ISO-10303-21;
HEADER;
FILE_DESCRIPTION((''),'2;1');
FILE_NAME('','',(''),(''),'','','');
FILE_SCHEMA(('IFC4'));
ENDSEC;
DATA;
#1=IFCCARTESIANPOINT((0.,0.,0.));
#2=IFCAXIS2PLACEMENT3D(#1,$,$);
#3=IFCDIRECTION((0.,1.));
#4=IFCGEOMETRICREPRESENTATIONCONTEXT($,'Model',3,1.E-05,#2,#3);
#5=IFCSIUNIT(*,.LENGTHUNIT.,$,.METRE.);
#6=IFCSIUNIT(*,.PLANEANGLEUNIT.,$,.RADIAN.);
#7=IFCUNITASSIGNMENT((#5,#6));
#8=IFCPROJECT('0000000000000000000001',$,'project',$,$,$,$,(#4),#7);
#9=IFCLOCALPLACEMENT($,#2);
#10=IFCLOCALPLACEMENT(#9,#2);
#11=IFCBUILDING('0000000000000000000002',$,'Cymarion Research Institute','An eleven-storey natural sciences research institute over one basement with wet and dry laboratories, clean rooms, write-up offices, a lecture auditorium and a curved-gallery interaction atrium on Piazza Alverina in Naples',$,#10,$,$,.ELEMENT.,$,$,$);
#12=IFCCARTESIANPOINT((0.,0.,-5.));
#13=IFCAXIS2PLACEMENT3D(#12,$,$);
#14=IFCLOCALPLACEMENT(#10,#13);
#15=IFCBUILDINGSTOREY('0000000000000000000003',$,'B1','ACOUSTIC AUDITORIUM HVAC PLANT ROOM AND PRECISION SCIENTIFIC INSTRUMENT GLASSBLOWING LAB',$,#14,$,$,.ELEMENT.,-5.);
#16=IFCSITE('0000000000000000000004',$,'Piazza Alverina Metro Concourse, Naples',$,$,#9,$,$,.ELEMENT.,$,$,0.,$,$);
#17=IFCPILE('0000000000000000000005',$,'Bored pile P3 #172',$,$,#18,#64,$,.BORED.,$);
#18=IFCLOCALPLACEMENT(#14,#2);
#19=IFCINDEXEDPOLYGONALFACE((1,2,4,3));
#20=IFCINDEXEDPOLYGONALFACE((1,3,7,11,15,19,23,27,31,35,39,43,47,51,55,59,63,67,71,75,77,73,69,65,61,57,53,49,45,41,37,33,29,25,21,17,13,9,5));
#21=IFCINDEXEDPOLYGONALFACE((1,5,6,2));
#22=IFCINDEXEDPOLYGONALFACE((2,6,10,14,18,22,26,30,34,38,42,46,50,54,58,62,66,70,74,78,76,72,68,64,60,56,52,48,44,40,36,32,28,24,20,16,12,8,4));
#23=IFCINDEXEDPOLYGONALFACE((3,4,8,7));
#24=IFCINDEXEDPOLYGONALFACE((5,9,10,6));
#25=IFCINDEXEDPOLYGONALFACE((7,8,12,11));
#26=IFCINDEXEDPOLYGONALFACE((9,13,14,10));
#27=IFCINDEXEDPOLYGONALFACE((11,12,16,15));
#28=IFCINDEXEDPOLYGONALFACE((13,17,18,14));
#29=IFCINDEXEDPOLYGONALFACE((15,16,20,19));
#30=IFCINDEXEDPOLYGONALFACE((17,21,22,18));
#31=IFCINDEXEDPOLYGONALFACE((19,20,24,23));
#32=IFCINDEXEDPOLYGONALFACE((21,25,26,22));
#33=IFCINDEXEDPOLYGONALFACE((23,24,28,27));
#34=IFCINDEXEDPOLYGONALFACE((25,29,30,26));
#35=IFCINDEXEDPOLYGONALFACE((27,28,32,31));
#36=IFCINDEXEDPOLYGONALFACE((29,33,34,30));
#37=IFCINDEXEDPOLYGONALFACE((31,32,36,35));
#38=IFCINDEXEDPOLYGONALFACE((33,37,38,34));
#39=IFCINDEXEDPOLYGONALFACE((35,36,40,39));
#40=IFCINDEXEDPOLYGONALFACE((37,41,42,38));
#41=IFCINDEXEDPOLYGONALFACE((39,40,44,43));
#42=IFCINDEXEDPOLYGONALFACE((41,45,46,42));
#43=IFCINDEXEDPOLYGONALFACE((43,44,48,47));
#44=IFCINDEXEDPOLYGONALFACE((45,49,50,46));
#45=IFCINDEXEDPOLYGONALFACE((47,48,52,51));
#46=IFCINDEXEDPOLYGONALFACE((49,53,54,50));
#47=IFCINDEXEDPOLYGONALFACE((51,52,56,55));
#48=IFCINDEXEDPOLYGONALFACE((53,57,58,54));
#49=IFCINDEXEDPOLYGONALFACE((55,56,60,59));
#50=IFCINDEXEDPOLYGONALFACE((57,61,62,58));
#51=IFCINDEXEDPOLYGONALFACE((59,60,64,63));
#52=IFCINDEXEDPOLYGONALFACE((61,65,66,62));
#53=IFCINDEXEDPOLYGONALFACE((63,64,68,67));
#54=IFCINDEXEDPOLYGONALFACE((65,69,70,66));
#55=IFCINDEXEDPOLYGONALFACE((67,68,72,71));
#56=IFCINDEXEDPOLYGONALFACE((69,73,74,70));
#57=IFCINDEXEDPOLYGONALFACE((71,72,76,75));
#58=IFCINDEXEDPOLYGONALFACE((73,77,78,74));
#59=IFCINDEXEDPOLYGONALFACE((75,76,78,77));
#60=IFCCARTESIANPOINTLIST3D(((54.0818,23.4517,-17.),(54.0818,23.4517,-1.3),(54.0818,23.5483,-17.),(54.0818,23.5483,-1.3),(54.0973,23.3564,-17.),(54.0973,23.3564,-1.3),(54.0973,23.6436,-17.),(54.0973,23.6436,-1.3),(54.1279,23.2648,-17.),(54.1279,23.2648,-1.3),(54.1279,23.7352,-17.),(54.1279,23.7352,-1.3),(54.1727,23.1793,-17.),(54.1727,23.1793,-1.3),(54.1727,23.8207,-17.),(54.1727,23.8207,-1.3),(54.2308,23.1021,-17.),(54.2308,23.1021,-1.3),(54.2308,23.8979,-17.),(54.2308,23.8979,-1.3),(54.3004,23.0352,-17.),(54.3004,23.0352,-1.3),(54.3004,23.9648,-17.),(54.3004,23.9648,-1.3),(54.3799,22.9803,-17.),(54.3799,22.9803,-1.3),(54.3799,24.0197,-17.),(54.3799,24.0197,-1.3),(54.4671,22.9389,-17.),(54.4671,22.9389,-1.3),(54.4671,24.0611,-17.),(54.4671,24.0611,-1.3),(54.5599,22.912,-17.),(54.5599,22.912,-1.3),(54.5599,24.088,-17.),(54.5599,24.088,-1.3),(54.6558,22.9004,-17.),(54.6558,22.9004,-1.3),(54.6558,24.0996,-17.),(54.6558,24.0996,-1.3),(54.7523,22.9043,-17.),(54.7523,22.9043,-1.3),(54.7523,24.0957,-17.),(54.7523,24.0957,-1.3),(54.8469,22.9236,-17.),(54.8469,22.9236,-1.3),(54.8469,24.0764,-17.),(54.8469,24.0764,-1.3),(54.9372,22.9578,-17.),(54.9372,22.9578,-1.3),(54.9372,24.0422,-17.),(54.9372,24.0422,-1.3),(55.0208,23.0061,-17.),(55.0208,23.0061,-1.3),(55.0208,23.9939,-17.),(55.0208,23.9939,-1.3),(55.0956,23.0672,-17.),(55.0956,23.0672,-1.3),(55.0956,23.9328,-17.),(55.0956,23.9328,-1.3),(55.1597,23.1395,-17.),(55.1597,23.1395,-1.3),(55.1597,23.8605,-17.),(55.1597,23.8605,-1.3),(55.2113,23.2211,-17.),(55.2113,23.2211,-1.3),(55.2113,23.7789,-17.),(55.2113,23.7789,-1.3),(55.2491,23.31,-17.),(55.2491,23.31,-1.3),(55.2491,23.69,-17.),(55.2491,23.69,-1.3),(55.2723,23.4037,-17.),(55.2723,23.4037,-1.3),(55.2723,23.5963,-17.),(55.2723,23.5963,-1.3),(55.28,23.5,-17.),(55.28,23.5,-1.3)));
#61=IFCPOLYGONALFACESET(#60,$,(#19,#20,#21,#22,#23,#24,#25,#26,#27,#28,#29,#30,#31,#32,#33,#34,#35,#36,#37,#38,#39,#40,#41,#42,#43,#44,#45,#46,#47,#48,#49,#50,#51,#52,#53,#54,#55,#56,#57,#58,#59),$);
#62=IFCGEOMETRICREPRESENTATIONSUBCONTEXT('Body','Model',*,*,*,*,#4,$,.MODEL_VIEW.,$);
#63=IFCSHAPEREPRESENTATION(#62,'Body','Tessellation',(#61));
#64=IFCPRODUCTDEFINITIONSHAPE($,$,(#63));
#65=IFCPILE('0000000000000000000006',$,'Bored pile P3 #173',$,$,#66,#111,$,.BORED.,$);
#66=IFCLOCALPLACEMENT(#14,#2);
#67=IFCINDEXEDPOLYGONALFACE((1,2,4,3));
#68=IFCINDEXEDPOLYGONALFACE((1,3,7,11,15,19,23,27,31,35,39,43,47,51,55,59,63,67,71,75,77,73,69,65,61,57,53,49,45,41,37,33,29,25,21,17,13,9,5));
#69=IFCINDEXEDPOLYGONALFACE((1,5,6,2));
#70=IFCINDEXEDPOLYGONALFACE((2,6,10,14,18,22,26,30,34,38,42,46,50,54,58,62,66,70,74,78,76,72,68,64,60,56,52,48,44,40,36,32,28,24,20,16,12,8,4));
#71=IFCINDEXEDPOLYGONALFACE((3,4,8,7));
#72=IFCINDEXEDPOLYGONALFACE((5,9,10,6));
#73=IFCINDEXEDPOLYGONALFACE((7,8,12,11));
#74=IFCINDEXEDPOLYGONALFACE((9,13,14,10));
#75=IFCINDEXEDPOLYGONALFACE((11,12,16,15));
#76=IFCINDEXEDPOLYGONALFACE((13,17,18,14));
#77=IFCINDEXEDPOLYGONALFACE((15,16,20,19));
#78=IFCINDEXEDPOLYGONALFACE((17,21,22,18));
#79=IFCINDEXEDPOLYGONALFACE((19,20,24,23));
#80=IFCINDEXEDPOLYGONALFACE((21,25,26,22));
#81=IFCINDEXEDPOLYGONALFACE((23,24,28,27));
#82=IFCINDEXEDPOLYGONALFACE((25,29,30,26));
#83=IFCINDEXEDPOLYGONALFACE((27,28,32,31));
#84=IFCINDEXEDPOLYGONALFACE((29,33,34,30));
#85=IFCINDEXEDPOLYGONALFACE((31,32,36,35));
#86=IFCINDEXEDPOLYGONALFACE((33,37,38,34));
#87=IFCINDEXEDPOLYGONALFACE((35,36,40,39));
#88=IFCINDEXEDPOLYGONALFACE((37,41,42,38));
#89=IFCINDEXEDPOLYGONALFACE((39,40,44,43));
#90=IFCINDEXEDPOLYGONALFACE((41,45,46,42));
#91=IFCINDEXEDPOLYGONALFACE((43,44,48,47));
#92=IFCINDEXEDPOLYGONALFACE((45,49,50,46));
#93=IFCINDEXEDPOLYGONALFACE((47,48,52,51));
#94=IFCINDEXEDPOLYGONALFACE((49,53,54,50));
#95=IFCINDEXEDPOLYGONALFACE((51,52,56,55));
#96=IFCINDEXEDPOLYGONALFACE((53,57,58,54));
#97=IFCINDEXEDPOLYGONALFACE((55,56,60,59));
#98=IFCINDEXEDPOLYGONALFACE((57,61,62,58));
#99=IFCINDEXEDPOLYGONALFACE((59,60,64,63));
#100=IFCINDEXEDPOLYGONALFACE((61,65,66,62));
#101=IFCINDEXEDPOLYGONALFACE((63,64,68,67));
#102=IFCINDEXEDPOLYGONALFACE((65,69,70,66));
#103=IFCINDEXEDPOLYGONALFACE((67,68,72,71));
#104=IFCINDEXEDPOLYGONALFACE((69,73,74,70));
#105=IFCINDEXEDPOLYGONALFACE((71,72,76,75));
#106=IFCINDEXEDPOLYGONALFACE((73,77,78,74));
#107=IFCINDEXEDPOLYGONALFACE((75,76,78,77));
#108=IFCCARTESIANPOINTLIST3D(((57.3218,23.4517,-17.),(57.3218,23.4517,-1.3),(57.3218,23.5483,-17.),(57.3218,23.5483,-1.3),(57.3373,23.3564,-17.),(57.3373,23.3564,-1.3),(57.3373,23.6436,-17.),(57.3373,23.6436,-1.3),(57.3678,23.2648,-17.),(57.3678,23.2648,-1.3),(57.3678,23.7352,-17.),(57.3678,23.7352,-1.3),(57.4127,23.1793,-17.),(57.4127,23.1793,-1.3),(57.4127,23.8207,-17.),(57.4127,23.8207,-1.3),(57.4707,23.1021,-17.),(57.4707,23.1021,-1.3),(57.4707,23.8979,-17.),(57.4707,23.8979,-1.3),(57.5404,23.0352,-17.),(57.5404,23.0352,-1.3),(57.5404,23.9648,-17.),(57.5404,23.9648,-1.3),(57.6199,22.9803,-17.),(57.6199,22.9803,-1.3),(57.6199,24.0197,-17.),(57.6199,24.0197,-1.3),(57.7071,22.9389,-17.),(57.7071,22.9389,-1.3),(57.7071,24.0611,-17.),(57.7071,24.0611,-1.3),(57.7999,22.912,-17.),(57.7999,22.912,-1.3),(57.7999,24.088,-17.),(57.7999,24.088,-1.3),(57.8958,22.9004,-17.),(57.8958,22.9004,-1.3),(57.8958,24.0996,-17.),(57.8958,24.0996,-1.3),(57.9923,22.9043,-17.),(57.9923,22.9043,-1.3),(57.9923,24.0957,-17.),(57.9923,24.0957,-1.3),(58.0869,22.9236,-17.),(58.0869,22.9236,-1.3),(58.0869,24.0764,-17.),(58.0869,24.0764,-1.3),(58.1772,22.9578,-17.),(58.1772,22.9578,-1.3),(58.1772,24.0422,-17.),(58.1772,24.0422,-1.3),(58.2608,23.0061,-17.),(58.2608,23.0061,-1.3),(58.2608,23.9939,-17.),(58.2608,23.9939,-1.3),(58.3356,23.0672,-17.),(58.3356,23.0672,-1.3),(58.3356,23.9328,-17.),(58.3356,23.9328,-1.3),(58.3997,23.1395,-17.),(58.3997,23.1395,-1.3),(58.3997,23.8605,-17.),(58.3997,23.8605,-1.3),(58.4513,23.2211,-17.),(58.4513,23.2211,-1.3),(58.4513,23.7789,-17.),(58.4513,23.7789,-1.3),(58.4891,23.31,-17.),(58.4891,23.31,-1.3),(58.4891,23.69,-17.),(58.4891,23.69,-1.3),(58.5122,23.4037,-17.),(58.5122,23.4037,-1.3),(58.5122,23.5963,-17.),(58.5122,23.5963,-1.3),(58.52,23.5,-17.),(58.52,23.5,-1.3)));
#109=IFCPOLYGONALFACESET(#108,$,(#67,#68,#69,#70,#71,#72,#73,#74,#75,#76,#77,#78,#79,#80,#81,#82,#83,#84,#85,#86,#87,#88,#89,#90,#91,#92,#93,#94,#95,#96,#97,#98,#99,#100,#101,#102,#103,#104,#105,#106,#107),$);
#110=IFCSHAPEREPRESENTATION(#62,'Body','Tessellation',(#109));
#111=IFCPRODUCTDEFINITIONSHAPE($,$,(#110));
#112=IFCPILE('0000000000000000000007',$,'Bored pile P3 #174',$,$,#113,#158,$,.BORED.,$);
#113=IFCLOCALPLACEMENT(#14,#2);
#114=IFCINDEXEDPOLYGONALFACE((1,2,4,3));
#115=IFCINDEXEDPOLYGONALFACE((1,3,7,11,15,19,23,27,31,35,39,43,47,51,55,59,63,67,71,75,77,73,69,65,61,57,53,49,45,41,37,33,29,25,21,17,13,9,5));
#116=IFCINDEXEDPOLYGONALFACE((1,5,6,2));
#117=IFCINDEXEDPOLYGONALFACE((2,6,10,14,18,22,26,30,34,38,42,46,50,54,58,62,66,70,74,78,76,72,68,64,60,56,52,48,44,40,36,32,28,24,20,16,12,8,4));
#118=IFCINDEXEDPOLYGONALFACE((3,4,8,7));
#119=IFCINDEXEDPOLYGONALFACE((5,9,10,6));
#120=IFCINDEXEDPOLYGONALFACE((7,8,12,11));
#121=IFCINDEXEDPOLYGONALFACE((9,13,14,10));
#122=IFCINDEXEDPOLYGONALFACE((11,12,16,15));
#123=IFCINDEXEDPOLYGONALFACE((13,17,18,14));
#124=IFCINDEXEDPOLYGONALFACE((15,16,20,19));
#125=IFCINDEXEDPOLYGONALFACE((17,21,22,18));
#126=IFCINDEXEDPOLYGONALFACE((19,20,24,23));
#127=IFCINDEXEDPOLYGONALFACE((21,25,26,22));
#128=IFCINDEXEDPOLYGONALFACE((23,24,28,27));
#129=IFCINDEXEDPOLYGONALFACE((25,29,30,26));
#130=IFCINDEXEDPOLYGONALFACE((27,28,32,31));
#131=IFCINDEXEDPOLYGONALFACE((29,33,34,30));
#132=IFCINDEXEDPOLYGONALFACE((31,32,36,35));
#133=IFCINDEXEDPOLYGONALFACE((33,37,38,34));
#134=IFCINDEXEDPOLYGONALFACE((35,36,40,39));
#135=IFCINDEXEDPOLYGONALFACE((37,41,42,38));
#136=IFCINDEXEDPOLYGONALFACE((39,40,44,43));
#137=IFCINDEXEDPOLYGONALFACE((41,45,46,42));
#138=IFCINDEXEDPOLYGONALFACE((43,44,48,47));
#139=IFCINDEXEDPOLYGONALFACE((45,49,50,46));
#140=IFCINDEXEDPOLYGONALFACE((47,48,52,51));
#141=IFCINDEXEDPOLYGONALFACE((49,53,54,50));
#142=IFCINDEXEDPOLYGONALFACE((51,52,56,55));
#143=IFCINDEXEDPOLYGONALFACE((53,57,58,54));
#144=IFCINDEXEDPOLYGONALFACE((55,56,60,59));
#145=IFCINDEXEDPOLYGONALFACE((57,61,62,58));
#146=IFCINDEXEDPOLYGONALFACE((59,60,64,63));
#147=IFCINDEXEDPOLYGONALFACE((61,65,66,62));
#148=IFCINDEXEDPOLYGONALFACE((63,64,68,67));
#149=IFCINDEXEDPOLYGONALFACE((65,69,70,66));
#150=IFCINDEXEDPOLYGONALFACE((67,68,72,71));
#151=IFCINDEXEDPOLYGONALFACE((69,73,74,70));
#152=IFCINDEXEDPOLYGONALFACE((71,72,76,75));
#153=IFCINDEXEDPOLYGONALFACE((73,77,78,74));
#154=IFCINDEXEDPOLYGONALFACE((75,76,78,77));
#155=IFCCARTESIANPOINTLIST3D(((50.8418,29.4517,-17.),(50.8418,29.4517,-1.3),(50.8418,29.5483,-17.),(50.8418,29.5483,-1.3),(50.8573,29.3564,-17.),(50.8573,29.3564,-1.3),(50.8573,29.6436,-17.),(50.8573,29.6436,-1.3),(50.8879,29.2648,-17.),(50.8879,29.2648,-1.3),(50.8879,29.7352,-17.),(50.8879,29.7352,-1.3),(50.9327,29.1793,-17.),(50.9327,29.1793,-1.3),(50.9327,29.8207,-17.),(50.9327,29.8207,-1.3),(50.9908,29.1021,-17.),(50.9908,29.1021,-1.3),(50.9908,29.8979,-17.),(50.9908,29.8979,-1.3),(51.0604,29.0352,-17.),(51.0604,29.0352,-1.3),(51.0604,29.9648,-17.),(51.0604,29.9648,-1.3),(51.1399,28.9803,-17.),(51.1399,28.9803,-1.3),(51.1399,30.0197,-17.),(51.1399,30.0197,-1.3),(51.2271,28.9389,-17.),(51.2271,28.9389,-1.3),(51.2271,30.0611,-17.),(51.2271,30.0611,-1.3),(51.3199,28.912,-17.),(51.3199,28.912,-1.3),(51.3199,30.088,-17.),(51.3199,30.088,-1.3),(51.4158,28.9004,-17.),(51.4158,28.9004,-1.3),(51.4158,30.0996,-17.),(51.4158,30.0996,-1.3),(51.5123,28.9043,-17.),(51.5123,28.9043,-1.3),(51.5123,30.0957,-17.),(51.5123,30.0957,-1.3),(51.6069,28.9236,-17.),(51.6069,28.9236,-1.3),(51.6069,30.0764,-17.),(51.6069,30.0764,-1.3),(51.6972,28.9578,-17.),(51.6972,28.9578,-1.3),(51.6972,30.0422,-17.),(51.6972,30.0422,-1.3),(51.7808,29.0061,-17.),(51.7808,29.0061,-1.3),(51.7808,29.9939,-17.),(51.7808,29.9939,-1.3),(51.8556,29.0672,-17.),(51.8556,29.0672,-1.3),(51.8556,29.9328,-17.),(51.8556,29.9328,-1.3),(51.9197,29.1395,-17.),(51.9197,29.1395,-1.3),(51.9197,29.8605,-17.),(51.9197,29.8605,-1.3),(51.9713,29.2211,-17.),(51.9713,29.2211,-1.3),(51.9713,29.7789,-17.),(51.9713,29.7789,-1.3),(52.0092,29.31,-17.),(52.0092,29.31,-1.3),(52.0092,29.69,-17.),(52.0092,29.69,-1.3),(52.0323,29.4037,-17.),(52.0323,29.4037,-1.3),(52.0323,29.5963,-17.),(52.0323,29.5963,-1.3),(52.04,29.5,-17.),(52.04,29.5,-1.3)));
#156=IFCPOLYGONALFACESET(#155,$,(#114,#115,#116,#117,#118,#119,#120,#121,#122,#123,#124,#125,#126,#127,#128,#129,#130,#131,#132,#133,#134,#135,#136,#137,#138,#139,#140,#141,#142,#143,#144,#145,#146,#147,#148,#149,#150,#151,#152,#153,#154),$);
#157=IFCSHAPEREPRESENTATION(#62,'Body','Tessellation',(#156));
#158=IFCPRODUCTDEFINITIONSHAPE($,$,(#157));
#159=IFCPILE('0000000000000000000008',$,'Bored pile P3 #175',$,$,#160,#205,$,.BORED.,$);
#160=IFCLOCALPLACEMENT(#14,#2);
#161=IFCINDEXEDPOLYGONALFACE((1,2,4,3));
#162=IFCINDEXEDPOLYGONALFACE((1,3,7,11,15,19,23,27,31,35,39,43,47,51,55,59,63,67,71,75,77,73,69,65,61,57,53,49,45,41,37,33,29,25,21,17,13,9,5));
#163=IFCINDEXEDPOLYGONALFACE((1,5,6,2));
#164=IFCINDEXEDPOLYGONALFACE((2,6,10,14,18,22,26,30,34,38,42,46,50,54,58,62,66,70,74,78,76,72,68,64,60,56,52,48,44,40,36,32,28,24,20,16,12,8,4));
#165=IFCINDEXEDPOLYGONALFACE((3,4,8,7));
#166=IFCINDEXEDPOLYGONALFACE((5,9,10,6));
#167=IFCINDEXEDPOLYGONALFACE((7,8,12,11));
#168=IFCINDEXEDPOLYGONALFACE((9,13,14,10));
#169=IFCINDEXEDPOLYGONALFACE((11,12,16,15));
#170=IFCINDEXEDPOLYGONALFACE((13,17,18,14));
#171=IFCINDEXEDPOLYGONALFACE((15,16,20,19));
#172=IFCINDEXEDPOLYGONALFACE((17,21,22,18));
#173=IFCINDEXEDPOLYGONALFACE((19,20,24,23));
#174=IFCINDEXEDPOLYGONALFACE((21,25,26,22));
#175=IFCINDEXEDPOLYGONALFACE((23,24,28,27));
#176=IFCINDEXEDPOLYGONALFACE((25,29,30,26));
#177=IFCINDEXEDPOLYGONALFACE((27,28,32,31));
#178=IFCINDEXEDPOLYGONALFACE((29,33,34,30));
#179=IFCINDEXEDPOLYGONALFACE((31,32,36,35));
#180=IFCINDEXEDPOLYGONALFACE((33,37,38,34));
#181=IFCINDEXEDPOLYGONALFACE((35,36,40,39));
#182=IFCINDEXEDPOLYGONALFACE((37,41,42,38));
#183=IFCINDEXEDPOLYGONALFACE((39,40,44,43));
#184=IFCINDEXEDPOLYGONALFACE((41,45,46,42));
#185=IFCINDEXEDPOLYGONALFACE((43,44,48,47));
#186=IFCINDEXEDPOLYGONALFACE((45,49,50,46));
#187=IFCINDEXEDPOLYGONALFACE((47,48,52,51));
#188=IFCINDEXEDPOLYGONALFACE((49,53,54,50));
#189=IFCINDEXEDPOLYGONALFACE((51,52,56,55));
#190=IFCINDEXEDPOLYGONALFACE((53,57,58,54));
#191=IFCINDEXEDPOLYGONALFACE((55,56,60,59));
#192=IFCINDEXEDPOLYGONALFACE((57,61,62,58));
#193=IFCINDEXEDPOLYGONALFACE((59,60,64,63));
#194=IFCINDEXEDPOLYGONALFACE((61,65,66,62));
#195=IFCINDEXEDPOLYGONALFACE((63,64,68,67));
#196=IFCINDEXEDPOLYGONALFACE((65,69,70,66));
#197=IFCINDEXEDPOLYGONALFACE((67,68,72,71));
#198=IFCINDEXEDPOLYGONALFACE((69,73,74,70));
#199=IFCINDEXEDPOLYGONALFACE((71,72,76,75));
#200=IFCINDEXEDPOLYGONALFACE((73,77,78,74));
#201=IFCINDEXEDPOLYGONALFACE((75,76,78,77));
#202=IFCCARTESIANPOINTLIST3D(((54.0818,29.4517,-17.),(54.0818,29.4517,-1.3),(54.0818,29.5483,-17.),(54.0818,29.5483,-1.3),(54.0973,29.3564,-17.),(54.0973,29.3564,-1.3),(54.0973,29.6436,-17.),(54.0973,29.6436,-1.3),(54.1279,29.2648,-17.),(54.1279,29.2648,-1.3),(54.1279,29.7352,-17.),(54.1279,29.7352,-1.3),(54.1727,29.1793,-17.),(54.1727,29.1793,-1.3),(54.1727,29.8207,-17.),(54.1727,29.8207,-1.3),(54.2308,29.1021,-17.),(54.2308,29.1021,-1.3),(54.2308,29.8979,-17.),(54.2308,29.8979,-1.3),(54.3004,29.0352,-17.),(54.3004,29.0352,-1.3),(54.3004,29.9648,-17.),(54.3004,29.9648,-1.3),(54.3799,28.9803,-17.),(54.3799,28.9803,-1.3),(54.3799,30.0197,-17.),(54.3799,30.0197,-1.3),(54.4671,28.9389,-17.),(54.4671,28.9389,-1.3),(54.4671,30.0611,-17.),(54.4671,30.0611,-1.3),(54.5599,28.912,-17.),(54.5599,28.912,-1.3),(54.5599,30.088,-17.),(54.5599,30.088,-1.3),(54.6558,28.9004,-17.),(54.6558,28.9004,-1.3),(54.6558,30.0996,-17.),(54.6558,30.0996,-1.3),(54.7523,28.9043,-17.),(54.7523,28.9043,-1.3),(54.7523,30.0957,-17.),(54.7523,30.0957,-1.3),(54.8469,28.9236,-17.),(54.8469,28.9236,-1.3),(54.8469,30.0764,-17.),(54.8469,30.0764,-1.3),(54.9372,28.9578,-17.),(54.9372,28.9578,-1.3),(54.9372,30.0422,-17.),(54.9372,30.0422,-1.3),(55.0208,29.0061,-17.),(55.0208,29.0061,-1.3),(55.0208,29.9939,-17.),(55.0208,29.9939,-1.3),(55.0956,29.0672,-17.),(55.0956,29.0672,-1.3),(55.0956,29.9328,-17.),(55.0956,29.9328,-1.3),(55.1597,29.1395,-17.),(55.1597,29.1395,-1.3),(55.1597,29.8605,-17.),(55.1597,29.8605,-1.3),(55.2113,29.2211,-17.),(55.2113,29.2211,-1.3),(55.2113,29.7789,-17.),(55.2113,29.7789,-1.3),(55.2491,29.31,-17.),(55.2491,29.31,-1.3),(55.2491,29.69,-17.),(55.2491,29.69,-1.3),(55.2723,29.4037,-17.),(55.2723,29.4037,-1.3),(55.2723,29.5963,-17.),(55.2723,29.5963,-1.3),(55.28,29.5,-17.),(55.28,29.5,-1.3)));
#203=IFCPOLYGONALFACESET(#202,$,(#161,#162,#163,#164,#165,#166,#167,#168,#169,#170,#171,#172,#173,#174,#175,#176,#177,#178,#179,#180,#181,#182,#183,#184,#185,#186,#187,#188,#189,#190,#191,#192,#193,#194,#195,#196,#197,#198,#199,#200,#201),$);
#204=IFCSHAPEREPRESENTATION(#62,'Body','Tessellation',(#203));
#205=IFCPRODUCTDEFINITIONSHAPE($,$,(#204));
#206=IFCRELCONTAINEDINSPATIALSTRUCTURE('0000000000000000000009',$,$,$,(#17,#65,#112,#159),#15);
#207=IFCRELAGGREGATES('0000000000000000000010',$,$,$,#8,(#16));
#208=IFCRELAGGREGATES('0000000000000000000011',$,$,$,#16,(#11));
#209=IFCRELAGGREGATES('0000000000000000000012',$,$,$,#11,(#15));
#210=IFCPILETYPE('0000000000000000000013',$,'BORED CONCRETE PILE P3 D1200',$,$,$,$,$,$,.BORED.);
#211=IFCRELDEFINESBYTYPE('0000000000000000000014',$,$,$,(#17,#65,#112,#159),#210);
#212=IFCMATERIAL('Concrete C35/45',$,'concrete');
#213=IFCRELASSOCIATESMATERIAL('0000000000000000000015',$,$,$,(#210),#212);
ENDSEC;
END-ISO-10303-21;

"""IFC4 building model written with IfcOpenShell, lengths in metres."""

from ifc_helpers import new_model, si_unit, direction, frame, origin, origin_2d, place, context, subcontext, project, spatial, circle, extrude, material, material_profile, profile_set, type_object, element, save


model = new_model("IFC4")

# Units and contexts
model_context = context("Model", 3, precision=1e-05, world=origin(), true_north=direction((0.0, 1.0)))
body_context = subcontext(model_context, "Body", "Model", "MODEL_VIEW")
ifc_project = project(units=[si_unit("LENGTHUNIT", "METRE"), si_unit("PLANEANGLEUNIT", "RADIAN")], contexts=[model_context])

# Site, building, storey
site_placement = place(None, origin())
site = spatial("IfcSite", under=ifc_project, at=site_placement, Name="Piazza Alverina Metro Concourse, Naples", CompositionType="ELEMENT", RefElevation=0.0)
building_placement = place(site_placement, origin())
building = spatial("IfcBuilding", under=site, at=building_placement, Name="Cymarion Research Institute", Description="An eleven-storey natural sciences research institute over one basement with wet and dry laboratories, clean rooms, write-up offices, a lecture auditorium and a curved-gallery interaction atrium on Piazza Alverina in Naples", CompositionType="ELEMENT")
storey_placement = place(building_placement, frame((0.0, 0.0, -5.0)))
storey = spatial("IfcBuildingStorey", under=building, at=storey_placement, Name="B1", Description="ACOUSTIC AUDITORIUM HVAC PLANT ROOM AND PRECISION SCIENTIFIC INSTRUMENT GLASSBLOWING LAB", CompositionType="ELEMENT", Elevation=-5.0)

# Piles
ifc_material_1 = material(Name="Concrete C35/45", Category="concrete")
ifc_material_profile_1 = material_profile(ifc_material_1, circle(Radius=0.6001, at=origin_2d()), Name="BORED PILE D1200")
ifc_profile_set_1 = profile_set([ifc_material_profile_1], Name="Concrete C35/45")
pile_type_1 = type_object("IfcPileType", Name="BORED CONCRETE PILE P3 D1200", PredefinedType="BORED", material=ifc_profile_set_1)
for number, where, z_axis, x_axis, name in (
    (1, (54.6799, 23.5, -1.3), (0.0, 0.0, -1.0), (1.0, 0.0, 0.0), "Bored pile P3 #172"),
    (2, (57.9199, 23.5, -1.3), (0.0, 0.0, -1.0), (1.0, 0.0, 0.0), "Bored pile P3 #173"),
    (3, (51.4399, 29.5, -1.3), (0.0, 0.0, -1.0), (1.0, 0.0, 0.0), "Bored pile P3 #174"),
    (4, (54.6799, 29.5, -1.3), (0.0, 0.0, -1.0), (1.0, 0.0, 0.0), "Bored pile P3 #175"),
):
    element("IfcPile", number, at=place(storey_placement, frame(where, z_axis=z_axis, x_axis=x_axis)), inside=storey, type_object=pile_type_1, Name=name, PredefinedType="BORED", context=body_context, shape_type="SweptSolid", body=[
        extrude(circle(Radius=0.6001, at=origin_2d()), origin(), (0.0, 0.0, 1.0), 15.7),
    ])

save(model, "model.ifc")
